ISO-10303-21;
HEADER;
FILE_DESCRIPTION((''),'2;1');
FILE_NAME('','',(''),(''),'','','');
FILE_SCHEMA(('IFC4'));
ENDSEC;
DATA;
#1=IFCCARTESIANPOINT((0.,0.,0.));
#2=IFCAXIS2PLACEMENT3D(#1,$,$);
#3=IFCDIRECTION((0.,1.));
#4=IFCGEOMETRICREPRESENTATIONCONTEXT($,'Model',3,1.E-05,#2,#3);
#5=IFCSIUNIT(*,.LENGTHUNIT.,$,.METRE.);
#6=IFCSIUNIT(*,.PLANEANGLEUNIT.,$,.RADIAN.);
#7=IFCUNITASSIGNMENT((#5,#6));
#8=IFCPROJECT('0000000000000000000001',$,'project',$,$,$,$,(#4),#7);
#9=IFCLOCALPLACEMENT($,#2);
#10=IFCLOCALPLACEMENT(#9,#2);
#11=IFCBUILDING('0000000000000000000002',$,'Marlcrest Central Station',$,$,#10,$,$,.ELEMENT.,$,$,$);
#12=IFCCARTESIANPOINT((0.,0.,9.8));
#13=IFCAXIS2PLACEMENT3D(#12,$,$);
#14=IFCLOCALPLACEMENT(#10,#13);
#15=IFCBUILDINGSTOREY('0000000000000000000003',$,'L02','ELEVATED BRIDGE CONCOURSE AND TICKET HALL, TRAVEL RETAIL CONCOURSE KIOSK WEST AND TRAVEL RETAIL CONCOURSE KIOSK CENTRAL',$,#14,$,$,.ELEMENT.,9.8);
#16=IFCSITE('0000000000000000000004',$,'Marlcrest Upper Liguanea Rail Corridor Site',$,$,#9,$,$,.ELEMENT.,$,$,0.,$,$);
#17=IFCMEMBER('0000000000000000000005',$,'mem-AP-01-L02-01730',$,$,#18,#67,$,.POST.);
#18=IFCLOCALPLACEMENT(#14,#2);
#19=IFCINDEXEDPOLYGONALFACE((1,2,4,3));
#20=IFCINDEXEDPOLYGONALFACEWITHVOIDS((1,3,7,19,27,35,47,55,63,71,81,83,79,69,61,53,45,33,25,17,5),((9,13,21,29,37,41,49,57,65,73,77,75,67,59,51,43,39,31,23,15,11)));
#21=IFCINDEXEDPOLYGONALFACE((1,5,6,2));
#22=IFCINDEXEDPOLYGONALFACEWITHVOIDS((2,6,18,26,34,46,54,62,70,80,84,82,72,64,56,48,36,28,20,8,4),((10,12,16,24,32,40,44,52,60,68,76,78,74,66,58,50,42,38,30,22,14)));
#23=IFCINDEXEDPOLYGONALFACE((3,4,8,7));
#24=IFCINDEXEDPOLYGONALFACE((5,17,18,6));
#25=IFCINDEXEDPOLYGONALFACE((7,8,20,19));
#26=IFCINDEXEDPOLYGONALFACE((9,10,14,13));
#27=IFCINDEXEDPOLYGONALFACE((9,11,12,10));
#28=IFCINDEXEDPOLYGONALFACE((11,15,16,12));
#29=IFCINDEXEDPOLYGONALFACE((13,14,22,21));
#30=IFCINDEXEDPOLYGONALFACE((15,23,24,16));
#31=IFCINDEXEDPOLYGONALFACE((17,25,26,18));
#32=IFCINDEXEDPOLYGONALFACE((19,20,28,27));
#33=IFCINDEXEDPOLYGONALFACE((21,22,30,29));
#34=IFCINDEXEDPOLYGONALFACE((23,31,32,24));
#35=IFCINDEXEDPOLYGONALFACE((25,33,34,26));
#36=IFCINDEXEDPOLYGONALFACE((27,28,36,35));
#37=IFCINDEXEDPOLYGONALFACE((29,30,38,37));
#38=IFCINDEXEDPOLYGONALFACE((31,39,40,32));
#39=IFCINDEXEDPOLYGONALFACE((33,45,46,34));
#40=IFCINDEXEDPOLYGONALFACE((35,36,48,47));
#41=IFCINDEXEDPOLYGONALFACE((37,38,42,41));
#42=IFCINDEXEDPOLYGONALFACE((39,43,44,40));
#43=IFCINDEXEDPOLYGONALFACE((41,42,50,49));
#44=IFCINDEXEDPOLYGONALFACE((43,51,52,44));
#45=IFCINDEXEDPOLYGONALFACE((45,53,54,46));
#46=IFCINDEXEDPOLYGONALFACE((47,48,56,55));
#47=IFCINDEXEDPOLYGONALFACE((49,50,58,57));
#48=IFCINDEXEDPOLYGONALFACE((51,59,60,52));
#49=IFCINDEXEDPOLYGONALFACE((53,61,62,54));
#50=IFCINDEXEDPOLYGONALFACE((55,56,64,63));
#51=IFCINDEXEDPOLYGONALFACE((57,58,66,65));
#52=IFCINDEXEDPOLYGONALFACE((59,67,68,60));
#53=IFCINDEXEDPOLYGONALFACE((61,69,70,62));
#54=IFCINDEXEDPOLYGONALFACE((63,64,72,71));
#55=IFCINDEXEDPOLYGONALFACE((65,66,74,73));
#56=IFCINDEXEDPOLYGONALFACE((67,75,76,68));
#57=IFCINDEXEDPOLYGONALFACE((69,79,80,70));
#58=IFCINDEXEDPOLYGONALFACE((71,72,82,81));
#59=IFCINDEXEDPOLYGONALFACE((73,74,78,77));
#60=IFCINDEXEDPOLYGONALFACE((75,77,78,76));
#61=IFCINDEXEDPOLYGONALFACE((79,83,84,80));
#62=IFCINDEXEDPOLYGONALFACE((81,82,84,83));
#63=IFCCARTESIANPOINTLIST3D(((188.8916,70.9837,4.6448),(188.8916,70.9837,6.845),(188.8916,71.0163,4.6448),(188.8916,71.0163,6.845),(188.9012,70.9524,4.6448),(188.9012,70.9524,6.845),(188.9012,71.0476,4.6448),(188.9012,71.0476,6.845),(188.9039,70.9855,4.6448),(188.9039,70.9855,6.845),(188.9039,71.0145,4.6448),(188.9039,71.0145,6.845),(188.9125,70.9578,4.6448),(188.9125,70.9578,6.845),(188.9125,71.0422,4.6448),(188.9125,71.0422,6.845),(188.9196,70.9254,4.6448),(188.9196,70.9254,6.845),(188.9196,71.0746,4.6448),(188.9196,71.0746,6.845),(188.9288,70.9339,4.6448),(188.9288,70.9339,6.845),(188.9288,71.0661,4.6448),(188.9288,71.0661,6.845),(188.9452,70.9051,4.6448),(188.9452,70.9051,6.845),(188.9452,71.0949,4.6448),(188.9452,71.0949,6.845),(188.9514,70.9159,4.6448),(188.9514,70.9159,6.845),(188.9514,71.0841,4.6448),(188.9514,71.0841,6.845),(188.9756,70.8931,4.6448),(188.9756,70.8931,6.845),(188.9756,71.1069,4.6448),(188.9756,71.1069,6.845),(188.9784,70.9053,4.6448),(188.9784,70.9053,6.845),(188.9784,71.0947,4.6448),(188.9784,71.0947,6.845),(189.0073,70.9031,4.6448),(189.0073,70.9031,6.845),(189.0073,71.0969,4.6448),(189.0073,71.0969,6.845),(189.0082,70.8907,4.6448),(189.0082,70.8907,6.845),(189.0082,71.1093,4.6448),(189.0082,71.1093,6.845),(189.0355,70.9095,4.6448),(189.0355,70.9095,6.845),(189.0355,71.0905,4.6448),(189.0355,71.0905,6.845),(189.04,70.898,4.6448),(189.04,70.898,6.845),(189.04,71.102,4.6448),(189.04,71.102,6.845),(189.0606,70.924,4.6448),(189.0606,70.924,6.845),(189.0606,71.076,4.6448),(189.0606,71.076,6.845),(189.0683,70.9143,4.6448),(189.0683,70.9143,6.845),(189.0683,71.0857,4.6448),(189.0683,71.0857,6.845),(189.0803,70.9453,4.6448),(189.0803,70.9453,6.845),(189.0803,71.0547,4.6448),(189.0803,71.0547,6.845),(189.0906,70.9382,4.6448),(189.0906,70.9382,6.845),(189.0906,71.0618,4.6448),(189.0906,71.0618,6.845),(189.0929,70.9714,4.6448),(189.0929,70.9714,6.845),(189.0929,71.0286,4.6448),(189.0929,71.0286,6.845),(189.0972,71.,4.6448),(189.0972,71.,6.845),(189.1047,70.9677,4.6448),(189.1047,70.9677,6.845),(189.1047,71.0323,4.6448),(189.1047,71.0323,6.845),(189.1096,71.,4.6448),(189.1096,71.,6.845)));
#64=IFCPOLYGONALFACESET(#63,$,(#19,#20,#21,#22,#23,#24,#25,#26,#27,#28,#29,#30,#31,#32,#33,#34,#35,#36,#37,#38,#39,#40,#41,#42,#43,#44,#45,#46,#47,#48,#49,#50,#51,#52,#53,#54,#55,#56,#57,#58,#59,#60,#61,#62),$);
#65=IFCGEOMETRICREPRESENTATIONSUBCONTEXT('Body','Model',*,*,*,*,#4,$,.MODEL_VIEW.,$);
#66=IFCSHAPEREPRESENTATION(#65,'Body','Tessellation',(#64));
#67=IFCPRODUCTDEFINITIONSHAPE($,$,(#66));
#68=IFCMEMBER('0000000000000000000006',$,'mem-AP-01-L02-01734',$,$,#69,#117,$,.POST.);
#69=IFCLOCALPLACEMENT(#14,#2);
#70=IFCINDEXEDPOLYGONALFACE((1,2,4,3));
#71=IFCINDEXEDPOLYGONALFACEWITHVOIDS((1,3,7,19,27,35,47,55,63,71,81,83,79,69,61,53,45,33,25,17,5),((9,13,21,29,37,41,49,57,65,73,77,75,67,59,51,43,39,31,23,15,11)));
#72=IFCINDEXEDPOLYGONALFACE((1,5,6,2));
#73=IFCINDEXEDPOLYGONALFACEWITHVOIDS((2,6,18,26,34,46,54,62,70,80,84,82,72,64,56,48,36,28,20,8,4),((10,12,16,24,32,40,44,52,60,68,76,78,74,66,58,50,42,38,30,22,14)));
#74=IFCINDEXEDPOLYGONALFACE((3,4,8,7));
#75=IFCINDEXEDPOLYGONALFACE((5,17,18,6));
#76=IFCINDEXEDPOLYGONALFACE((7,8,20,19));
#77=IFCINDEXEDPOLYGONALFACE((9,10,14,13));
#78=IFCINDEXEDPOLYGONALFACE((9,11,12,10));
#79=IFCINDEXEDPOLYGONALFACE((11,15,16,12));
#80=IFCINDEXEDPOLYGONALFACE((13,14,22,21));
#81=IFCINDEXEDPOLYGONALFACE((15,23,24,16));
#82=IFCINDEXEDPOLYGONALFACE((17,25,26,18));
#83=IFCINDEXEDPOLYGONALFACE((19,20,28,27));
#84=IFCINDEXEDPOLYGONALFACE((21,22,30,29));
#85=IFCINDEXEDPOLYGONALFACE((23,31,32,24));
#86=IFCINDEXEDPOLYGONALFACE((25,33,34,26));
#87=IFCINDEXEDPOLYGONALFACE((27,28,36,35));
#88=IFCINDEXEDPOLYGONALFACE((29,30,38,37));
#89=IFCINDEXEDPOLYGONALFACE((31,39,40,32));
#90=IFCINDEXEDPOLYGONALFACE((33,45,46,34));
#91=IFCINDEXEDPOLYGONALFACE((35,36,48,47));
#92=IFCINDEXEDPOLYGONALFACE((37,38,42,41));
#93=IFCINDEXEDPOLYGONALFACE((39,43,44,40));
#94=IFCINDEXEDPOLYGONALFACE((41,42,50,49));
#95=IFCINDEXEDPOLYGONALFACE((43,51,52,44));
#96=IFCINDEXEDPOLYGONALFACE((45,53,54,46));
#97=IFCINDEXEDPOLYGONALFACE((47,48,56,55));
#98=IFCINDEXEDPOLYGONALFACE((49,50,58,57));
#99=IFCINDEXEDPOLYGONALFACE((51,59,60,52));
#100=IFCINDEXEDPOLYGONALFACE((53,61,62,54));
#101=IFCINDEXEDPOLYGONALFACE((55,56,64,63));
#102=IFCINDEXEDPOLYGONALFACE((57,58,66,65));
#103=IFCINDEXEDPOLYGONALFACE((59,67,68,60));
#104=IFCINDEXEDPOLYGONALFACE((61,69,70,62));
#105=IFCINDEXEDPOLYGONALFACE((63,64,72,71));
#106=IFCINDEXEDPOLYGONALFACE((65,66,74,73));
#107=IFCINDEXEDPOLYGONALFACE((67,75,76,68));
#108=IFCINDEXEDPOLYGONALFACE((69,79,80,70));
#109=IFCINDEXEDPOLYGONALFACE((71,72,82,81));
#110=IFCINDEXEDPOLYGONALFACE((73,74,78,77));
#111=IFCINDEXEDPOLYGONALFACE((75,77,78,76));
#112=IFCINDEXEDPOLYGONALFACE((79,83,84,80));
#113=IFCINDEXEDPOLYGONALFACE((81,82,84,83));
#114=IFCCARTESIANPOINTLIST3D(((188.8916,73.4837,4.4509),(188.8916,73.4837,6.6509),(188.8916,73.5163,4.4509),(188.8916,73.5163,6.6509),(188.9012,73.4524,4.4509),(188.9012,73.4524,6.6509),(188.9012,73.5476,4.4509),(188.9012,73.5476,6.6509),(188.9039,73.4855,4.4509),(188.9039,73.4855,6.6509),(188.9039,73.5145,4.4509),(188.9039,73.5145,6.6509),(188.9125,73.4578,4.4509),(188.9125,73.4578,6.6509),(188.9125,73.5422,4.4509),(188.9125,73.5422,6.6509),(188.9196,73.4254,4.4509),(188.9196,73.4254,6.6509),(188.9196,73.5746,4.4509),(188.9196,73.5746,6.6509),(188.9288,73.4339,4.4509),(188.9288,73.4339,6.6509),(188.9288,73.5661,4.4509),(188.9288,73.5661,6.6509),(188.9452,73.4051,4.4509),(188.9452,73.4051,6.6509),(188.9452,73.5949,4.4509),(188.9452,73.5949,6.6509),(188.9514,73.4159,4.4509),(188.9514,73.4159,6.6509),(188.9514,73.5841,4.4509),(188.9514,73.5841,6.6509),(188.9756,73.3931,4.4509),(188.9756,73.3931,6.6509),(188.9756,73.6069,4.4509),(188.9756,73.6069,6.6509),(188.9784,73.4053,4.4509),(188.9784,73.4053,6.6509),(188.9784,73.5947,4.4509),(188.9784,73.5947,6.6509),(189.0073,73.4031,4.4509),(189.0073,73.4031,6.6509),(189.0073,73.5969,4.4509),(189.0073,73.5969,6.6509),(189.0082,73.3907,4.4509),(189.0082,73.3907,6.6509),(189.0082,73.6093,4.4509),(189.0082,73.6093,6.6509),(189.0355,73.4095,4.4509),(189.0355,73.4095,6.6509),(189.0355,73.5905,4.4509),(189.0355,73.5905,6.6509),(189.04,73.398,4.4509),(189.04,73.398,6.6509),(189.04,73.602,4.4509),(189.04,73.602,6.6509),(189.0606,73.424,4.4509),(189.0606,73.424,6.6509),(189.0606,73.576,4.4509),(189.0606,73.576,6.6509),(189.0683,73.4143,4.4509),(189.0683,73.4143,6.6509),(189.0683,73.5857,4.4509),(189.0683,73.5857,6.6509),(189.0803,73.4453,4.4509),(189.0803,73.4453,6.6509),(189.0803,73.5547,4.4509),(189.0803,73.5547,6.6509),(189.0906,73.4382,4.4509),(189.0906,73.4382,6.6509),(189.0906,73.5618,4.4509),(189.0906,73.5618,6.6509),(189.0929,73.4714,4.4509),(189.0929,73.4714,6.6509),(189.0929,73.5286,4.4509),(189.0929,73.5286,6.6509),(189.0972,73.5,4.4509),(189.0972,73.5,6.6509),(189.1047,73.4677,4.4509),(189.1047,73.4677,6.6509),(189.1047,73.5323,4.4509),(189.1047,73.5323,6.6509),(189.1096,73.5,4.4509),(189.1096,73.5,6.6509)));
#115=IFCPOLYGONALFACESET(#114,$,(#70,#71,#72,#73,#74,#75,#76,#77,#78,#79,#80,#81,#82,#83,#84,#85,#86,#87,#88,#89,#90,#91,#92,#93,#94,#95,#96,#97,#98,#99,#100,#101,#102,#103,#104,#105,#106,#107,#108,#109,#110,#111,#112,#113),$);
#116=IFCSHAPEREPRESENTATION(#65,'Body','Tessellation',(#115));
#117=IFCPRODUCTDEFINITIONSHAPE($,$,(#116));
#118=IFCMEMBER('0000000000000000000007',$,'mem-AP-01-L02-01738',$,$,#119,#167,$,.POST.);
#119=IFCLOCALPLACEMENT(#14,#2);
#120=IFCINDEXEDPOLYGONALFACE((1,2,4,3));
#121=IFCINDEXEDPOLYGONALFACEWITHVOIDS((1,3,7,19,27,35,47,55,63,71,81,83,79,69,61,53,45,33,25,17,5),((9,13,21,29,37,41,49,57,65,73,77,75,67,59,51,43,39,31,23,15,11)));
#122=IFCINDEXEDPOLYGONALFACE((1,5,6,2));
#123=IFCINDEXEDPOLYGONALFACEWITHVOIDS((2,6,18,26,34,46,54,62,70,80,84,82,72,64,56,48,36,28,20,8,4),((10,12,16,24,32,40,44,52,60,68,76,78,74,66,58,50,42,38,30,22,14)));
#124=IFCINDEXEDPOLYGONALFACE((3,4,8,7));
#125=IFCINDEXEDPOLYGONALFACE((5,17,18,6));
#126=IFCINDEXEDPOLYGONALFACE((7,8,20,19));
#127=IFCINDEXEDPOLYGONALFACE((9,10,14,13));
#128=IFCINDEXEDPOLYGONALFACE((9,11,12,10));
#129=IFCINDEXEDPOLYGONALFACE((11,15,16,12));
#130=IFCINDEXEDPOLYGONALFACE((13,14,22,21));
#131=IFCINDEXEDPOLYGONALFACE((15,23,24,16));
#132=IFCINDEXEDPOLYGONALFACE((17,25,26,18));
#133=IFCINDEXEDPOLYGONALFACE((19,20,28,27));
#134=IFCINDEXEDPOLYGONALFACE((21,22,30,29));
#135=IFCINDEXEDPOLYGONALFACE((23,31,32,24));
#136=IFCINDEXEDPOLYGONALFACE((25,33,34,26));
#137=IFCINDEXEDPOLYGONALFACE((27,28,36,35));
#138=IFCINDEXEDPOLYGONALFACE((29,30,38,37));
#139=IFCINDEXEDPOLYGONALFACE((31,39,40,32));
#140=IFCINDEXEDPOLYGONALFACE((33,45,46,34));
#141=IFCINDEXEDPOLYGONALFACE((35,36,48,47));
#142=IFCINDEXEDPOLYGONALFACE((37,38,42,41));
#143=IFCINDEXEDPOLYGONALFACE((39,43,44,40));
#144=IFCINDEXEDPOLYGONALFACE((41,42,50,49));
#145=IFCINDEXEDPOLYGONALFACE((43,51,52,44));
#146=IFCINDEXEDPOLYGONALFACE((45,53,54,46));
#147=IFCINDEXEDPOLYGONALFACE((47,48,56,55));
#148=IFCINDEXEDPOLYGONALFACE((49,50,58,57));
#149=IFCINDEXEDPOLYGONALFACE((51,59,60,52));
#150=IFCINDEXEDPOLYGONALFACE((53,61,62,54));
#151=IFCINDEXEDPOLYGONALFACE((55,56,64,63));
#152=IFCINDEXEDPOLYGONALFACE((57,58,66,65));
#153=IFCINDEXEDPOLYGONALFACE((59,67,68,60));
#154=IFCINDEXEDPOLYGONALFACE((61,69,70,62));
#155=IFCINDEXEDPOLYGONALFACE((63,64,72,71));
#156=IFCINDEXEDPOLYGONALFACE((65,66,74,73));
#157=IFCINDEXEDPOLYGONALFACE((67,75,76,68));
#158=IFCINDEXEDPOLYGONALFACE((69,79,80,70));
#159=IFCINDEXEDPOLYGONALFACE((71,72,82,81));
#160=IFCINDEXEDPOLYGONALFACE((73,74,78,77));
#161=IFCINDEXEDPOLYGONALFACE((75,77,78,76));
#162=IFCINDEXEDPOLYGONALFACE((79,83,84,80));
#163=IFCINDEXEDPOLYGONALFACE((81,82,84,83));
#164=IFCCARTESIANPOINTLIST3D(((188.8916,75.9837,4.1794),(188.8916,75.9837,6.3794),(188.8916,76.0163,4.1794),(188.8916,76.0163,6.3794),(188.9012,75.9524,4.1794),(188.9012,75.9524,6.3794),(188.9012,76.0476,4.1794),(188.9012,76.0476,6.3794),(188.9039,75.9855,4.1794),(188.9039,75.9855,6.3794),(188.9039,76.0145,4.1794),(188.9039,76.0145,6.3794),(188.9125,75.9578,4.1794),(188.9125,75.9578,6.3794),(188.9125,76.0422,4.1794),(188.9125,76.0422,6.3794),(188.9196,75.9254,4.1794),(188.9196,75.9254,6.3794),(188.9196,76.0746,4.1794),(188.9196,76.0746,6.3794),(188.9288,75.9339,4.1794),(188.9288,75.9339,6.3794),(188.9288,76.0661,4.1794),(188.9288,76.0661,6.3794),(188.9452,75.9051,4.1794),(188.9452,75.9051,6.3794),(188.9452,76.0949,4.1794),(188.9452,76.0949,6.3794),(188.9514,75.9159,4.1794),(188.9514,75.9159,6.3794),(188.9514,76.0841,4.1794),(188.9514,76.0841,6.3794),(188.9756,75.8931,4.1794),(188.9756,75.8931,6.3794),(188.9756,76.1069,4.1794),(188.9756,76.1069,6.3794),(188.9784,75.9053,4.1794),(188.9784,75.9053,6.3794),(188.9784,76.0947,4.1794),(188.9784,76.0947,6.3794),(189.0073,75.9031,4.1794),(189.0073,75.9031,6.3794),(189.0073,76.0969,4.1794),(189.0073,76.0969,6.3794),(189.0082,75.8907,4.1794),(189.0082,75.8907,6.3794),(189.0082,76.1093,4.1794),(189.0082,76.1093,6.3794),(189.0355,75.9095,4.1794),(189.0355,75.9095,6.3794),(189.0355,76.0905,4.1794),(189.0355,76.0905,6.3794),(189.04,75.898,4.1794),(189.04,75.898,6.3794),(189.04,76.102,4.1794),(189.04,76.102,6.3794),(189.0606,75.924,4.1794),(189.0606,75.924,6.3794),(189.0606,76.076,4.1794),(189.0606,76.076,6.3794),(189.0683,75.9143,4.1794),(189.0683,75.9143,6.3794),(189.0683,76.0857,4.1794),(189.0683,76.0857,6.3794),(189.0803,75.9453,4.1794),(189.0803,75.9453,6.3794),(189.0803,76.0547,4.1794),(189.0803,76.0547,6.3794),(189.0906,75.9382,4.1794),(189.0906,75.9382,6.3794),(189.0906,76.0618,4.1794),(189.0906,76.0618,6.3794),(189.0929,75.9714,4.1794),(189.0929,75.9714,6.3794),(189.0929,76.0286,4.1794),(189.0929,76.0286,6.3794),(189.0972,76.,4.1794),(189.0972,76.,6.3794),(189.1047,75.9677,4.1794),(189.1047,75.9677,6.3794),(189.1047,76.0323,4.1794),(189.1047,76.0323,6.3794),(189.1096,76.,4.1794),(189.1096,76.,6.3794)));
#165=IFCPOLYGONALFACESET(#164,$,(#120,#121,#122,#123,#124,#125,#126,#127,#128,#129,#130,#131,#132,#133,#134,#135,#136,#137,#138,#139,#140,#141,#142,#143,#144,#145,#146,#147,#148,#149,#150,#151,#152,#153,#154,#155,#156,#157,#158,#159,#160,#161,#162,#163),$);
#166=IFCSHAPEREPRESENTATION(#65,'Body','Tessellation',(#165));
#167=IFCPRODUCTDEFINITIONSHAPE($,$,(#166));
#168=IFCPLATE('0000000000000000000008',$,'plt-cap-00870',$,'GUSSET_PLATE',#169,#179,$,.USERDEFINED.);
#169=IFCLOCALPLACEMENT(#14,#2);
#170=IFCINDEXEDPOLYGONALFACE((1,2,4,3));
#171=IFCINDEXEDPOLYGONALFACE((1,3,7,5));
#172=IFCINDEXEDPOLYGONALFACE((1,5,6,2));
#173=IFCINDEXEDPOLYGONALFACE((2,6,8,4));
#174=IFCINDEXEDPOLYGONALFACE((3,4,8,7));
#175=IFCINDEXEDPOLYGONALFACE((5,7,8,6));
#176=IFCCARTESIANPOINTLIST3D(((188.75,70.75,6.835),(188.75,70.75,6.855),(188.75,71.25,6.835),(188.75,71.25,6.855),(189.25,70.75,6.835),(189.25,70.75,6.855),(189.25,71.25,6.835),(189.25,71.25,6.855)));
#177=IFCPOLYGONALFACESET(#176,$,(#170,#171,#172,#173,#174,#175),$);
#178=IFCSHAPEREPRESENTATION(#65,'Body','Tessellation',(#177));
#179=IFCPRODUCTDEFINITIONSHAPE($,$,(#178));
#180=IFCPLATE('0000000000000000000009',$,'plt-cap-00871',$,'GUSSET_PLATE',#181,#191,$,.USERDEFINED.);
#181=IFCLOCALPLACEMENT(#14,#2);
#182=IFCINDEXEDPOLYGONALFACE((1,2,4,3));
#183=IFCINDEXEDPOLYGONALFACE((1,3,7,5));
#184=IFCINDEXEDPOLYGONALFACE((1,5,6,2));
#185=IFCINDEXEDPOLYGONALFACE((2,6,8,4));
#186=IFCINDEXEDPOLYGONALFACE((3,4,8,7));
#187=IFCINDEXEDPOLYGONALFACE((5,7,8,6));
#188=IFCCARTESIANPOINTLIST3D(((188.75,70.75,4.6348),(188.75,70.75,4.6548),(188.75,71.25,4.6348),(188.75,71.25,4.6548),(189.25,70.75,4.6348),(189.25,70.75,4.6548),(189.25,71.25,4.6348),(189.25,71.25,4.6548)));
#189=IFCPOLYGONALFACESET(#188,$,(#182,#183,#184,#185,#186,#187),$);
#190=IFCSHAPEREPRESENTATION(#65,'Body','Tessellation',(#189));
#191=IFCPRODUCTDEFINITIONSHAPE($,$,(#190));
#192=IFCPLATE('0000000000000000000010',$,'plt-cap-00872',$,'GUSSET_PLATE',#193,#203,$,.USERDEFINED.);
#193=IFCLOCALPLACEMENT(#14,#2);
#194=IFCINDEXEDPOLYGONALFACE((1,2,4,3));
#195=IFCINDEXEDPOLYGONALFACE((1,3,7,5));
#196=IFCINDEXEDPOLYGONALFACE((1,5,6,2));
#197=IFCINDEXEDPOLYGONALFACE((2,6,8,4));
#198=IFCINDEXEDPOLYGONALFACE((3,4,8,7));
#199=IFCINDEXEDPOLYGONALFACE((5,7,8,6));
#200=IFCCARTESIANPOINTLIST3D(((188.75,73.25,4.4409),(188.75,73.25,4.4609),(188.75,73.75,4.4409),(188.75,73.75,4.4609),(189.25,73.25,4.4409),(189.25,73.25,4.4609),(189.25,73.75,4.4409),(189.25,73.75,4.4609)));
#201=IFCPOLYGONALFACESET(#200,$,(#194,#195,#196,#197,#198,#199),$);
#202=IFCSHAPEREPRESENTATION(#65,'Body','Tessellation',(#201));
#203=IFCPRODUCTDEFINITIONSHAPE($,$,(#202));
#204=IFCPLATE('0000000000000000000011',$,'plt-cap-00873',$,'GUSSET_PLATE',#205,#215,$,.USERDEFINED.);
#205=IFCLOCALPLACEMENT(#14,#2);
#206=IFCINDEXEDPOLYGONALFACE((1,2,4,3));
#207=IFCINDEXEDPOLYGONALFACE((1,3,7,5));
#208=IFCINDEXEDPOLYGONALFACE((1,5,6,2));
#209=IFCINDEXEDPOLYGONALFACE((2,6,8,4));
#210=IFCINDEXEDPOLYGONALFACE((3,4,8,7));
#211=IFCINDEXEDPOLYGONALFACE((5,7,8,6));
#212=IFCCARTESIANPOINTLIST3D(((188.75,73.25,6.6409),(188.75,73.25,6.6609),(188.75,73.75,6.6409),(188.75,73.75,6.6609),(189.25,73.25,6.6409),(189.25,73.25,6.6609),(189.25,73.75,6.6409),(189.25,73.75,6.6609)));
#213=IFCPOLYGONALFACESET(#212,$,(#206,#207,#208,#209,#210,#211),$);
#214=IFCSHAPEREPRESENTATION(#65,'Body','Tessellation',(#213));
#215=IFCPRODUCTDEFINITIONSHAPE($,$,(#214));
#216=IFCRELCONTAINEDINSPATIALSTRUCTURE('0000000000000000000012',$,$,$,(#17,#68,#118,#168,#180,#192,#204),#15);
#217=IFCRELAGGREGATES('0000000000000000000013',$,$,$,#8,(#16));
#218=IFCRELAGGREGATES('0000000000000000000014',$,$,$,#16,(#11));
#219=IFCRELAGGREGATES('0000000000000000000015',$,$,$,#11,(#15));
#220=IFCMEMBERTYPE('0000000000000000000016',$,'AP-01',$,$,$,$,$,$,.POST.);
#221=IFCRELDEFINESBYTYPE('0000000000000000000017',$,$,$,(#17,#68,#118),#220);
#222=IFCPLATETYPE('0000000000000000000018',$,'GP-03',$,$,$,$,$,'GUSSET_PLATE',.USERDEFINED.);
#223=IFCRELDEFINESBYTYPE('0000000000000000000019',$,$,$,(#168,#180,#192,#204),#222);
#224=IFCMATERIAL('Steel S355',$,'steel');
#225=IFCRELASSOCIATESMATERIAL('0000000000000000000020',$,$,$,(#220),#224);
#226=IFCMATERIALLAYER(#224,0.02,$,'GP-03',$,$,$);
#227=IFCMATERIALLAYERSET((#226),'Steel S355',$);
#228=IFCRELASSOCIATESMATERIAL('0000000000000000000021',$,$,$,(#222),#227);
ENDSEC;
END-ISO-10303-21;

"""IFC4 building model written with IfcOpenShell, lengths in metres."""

from ifc_helpers import new_model, si_unit, direction, frame, origin, origin_2d, place, context, subcontext, project, spatial, rectangle, hollow_circle, extrude, material, layer, layer_set, material_profile, profile_set, type_object, element, save


model = new_model("IFC4")

# Units and contexts
model_context = context("Model", 3, precision=1e-05, world=origin(), true_north=direction((0.0, 1.0)))
body_context = subcontext(model_context, "Body", "Model", "MODEL_VIEW")
ifc_project = project(units=[si_unit("LENGTHUNIT", "METRE"), si_unit("PLANEANGLEUNIT", "RADIAN")], contexts=[model_context])

# Site, building, storey
site_placement = place(None, origin())
site = spatial("IfcSite", under=ifc_project, at=site_placement, Name="Marlcrest Upper Liguanea Rail Corridor Site", CompositionType="ELEMENT", RefElevation=0.0)
building_placement = place(site_placement, origin())
building = spatial("IfcBuilding", under=site, at=building_placement, Name="Marlcrest Central Station", CompositionType="ELEMENT")
storey_placement = place(building_placement, frame((0.0, 0.0, 9.8)))
storey = spatial("IfcBuildingStorey", under=building, at=storey_placement, Name="L02", Description="ELEVATED BRIDGE CONCOURSE AND TICKET HALL, TRAVEL RETAIL CONCOURSE KIOSK WEST AND TRAVEL RETAIL CONCOURSE KIOSK CENTRAL", CompositionType="ELEMENT", Elevation=9.8)

# Members
ifc_material = material(Name="Steel S355", Category="steel")
ifc_material_profile_1 = material_profile(ifc_material, hollow_circle(Radius=0.1096, WallThickness=0.0125, at=origin_2d()), Name="CHS 219.1x12.5")
ifc_profile_set_1 = profile_set([ifc_material_profile_1], Name="Steel S355")
member_type_1 = type_object("IfcMemberType", Name="AP-01", PredefinedType="POST", material=ifc_profile_set_1)
member_1_placement = place(storey_placement, frame((189.0, 71.0, 4.6448), z_axis=(0.0, 0.0, 1.0), x_axis=(1.0, 0.0, 0.0)))
element("IfcMember", 1, at=member_1_placement, inside=storey, type_object=member_type_1, Name="mem-AP-01-L02-01730", PredefinedType="POST", context=body_context, shape_type="SweptSolid", body=[
    extrude(hollow_circle(Radius=0.1096, WallThickness=0.0125, at=origin_2d()), origin(), (0.0, 0.0, 1.0), 2.2002),
])
for number, where, z_axis, x_axis, name in (
    (2, (189.0, 73.5, 4.4509), (0.0, 0.0, 1.0), (1.0, 0.0, 0.0), "mem-AP-01-L02-01734"),
    (3, (189.0, 76.0, 4.1794), (0.0, 0.0, 1.0), (1.0, 0.0, 0.0), "mem-AP-01-L02-01738"),
):
    element("IfcMember", number, at=place(storey_placement, frame(where, z_axis=z_axis, x_axis=x_axis)), inside=storey, type_object=member_type_1, Name=name, PredefinedType="POST", context=body_context, shape_type="SweptSolid", body=[
        extrude(hollow_circle(Radius=0.1096, WallThickness=0.0125, at=origin_2d()), origin(), (0.0, 0.0, 1.0), 2.2),
    ])

# Plates
ifc_layer = layer(ifc_material, 0.02, Name="GP-03")
ifc_layer_set = layer_set([ifc_layer], Name="Steel S355")
plate_type = type_object("IfcPlateType", Name="GP-03", ElementType="GUSSET_PLATE", PredefinedType="USERDEFINED", material=ifc_layer_set)
for number, where, z_axis, x_axis, name in (
    (4, (189.0, 71.0, 6.835), (0.0, 0.0, 1.0), (1.0, 0.0, 0.0), "plt-cap-00870"),
    (5, (189.0, 71.0, 4.6348), (0.0, 0.0, 1.0), (1.0, 0.0, 0.0), "plt-cap-00871"),
    (6, (189.0, 73.5, 4.4409), (0.0, 0.0, 1.0), (1.0, 0.0, 0.0), "plt-cap-00872"),
    (7, (189.0, 73.5, 6.6409), (0.0, 0.0, 1.0), (1.0, 0.0, 0.0), "plt-cap-00873"),
):
    element("IfcPlate", number, at=place(storey_placement, frame(where, z_axis=z_axis, x_axis=x_axis)), inside=storey, type_object=plate_type, Name=name, ObjectType="GUSSET_PLATE", PredefinedType="USERDEFINED", context=body_context, shape_type="SweptSolid", body=[
        extrude(rectangle(XDim=0.5, YDim=0.5, at=origin_2d()), origin(), (0.0, 0.0, 1.0), 0.02),
    ])

save(model, "model.ifc")
